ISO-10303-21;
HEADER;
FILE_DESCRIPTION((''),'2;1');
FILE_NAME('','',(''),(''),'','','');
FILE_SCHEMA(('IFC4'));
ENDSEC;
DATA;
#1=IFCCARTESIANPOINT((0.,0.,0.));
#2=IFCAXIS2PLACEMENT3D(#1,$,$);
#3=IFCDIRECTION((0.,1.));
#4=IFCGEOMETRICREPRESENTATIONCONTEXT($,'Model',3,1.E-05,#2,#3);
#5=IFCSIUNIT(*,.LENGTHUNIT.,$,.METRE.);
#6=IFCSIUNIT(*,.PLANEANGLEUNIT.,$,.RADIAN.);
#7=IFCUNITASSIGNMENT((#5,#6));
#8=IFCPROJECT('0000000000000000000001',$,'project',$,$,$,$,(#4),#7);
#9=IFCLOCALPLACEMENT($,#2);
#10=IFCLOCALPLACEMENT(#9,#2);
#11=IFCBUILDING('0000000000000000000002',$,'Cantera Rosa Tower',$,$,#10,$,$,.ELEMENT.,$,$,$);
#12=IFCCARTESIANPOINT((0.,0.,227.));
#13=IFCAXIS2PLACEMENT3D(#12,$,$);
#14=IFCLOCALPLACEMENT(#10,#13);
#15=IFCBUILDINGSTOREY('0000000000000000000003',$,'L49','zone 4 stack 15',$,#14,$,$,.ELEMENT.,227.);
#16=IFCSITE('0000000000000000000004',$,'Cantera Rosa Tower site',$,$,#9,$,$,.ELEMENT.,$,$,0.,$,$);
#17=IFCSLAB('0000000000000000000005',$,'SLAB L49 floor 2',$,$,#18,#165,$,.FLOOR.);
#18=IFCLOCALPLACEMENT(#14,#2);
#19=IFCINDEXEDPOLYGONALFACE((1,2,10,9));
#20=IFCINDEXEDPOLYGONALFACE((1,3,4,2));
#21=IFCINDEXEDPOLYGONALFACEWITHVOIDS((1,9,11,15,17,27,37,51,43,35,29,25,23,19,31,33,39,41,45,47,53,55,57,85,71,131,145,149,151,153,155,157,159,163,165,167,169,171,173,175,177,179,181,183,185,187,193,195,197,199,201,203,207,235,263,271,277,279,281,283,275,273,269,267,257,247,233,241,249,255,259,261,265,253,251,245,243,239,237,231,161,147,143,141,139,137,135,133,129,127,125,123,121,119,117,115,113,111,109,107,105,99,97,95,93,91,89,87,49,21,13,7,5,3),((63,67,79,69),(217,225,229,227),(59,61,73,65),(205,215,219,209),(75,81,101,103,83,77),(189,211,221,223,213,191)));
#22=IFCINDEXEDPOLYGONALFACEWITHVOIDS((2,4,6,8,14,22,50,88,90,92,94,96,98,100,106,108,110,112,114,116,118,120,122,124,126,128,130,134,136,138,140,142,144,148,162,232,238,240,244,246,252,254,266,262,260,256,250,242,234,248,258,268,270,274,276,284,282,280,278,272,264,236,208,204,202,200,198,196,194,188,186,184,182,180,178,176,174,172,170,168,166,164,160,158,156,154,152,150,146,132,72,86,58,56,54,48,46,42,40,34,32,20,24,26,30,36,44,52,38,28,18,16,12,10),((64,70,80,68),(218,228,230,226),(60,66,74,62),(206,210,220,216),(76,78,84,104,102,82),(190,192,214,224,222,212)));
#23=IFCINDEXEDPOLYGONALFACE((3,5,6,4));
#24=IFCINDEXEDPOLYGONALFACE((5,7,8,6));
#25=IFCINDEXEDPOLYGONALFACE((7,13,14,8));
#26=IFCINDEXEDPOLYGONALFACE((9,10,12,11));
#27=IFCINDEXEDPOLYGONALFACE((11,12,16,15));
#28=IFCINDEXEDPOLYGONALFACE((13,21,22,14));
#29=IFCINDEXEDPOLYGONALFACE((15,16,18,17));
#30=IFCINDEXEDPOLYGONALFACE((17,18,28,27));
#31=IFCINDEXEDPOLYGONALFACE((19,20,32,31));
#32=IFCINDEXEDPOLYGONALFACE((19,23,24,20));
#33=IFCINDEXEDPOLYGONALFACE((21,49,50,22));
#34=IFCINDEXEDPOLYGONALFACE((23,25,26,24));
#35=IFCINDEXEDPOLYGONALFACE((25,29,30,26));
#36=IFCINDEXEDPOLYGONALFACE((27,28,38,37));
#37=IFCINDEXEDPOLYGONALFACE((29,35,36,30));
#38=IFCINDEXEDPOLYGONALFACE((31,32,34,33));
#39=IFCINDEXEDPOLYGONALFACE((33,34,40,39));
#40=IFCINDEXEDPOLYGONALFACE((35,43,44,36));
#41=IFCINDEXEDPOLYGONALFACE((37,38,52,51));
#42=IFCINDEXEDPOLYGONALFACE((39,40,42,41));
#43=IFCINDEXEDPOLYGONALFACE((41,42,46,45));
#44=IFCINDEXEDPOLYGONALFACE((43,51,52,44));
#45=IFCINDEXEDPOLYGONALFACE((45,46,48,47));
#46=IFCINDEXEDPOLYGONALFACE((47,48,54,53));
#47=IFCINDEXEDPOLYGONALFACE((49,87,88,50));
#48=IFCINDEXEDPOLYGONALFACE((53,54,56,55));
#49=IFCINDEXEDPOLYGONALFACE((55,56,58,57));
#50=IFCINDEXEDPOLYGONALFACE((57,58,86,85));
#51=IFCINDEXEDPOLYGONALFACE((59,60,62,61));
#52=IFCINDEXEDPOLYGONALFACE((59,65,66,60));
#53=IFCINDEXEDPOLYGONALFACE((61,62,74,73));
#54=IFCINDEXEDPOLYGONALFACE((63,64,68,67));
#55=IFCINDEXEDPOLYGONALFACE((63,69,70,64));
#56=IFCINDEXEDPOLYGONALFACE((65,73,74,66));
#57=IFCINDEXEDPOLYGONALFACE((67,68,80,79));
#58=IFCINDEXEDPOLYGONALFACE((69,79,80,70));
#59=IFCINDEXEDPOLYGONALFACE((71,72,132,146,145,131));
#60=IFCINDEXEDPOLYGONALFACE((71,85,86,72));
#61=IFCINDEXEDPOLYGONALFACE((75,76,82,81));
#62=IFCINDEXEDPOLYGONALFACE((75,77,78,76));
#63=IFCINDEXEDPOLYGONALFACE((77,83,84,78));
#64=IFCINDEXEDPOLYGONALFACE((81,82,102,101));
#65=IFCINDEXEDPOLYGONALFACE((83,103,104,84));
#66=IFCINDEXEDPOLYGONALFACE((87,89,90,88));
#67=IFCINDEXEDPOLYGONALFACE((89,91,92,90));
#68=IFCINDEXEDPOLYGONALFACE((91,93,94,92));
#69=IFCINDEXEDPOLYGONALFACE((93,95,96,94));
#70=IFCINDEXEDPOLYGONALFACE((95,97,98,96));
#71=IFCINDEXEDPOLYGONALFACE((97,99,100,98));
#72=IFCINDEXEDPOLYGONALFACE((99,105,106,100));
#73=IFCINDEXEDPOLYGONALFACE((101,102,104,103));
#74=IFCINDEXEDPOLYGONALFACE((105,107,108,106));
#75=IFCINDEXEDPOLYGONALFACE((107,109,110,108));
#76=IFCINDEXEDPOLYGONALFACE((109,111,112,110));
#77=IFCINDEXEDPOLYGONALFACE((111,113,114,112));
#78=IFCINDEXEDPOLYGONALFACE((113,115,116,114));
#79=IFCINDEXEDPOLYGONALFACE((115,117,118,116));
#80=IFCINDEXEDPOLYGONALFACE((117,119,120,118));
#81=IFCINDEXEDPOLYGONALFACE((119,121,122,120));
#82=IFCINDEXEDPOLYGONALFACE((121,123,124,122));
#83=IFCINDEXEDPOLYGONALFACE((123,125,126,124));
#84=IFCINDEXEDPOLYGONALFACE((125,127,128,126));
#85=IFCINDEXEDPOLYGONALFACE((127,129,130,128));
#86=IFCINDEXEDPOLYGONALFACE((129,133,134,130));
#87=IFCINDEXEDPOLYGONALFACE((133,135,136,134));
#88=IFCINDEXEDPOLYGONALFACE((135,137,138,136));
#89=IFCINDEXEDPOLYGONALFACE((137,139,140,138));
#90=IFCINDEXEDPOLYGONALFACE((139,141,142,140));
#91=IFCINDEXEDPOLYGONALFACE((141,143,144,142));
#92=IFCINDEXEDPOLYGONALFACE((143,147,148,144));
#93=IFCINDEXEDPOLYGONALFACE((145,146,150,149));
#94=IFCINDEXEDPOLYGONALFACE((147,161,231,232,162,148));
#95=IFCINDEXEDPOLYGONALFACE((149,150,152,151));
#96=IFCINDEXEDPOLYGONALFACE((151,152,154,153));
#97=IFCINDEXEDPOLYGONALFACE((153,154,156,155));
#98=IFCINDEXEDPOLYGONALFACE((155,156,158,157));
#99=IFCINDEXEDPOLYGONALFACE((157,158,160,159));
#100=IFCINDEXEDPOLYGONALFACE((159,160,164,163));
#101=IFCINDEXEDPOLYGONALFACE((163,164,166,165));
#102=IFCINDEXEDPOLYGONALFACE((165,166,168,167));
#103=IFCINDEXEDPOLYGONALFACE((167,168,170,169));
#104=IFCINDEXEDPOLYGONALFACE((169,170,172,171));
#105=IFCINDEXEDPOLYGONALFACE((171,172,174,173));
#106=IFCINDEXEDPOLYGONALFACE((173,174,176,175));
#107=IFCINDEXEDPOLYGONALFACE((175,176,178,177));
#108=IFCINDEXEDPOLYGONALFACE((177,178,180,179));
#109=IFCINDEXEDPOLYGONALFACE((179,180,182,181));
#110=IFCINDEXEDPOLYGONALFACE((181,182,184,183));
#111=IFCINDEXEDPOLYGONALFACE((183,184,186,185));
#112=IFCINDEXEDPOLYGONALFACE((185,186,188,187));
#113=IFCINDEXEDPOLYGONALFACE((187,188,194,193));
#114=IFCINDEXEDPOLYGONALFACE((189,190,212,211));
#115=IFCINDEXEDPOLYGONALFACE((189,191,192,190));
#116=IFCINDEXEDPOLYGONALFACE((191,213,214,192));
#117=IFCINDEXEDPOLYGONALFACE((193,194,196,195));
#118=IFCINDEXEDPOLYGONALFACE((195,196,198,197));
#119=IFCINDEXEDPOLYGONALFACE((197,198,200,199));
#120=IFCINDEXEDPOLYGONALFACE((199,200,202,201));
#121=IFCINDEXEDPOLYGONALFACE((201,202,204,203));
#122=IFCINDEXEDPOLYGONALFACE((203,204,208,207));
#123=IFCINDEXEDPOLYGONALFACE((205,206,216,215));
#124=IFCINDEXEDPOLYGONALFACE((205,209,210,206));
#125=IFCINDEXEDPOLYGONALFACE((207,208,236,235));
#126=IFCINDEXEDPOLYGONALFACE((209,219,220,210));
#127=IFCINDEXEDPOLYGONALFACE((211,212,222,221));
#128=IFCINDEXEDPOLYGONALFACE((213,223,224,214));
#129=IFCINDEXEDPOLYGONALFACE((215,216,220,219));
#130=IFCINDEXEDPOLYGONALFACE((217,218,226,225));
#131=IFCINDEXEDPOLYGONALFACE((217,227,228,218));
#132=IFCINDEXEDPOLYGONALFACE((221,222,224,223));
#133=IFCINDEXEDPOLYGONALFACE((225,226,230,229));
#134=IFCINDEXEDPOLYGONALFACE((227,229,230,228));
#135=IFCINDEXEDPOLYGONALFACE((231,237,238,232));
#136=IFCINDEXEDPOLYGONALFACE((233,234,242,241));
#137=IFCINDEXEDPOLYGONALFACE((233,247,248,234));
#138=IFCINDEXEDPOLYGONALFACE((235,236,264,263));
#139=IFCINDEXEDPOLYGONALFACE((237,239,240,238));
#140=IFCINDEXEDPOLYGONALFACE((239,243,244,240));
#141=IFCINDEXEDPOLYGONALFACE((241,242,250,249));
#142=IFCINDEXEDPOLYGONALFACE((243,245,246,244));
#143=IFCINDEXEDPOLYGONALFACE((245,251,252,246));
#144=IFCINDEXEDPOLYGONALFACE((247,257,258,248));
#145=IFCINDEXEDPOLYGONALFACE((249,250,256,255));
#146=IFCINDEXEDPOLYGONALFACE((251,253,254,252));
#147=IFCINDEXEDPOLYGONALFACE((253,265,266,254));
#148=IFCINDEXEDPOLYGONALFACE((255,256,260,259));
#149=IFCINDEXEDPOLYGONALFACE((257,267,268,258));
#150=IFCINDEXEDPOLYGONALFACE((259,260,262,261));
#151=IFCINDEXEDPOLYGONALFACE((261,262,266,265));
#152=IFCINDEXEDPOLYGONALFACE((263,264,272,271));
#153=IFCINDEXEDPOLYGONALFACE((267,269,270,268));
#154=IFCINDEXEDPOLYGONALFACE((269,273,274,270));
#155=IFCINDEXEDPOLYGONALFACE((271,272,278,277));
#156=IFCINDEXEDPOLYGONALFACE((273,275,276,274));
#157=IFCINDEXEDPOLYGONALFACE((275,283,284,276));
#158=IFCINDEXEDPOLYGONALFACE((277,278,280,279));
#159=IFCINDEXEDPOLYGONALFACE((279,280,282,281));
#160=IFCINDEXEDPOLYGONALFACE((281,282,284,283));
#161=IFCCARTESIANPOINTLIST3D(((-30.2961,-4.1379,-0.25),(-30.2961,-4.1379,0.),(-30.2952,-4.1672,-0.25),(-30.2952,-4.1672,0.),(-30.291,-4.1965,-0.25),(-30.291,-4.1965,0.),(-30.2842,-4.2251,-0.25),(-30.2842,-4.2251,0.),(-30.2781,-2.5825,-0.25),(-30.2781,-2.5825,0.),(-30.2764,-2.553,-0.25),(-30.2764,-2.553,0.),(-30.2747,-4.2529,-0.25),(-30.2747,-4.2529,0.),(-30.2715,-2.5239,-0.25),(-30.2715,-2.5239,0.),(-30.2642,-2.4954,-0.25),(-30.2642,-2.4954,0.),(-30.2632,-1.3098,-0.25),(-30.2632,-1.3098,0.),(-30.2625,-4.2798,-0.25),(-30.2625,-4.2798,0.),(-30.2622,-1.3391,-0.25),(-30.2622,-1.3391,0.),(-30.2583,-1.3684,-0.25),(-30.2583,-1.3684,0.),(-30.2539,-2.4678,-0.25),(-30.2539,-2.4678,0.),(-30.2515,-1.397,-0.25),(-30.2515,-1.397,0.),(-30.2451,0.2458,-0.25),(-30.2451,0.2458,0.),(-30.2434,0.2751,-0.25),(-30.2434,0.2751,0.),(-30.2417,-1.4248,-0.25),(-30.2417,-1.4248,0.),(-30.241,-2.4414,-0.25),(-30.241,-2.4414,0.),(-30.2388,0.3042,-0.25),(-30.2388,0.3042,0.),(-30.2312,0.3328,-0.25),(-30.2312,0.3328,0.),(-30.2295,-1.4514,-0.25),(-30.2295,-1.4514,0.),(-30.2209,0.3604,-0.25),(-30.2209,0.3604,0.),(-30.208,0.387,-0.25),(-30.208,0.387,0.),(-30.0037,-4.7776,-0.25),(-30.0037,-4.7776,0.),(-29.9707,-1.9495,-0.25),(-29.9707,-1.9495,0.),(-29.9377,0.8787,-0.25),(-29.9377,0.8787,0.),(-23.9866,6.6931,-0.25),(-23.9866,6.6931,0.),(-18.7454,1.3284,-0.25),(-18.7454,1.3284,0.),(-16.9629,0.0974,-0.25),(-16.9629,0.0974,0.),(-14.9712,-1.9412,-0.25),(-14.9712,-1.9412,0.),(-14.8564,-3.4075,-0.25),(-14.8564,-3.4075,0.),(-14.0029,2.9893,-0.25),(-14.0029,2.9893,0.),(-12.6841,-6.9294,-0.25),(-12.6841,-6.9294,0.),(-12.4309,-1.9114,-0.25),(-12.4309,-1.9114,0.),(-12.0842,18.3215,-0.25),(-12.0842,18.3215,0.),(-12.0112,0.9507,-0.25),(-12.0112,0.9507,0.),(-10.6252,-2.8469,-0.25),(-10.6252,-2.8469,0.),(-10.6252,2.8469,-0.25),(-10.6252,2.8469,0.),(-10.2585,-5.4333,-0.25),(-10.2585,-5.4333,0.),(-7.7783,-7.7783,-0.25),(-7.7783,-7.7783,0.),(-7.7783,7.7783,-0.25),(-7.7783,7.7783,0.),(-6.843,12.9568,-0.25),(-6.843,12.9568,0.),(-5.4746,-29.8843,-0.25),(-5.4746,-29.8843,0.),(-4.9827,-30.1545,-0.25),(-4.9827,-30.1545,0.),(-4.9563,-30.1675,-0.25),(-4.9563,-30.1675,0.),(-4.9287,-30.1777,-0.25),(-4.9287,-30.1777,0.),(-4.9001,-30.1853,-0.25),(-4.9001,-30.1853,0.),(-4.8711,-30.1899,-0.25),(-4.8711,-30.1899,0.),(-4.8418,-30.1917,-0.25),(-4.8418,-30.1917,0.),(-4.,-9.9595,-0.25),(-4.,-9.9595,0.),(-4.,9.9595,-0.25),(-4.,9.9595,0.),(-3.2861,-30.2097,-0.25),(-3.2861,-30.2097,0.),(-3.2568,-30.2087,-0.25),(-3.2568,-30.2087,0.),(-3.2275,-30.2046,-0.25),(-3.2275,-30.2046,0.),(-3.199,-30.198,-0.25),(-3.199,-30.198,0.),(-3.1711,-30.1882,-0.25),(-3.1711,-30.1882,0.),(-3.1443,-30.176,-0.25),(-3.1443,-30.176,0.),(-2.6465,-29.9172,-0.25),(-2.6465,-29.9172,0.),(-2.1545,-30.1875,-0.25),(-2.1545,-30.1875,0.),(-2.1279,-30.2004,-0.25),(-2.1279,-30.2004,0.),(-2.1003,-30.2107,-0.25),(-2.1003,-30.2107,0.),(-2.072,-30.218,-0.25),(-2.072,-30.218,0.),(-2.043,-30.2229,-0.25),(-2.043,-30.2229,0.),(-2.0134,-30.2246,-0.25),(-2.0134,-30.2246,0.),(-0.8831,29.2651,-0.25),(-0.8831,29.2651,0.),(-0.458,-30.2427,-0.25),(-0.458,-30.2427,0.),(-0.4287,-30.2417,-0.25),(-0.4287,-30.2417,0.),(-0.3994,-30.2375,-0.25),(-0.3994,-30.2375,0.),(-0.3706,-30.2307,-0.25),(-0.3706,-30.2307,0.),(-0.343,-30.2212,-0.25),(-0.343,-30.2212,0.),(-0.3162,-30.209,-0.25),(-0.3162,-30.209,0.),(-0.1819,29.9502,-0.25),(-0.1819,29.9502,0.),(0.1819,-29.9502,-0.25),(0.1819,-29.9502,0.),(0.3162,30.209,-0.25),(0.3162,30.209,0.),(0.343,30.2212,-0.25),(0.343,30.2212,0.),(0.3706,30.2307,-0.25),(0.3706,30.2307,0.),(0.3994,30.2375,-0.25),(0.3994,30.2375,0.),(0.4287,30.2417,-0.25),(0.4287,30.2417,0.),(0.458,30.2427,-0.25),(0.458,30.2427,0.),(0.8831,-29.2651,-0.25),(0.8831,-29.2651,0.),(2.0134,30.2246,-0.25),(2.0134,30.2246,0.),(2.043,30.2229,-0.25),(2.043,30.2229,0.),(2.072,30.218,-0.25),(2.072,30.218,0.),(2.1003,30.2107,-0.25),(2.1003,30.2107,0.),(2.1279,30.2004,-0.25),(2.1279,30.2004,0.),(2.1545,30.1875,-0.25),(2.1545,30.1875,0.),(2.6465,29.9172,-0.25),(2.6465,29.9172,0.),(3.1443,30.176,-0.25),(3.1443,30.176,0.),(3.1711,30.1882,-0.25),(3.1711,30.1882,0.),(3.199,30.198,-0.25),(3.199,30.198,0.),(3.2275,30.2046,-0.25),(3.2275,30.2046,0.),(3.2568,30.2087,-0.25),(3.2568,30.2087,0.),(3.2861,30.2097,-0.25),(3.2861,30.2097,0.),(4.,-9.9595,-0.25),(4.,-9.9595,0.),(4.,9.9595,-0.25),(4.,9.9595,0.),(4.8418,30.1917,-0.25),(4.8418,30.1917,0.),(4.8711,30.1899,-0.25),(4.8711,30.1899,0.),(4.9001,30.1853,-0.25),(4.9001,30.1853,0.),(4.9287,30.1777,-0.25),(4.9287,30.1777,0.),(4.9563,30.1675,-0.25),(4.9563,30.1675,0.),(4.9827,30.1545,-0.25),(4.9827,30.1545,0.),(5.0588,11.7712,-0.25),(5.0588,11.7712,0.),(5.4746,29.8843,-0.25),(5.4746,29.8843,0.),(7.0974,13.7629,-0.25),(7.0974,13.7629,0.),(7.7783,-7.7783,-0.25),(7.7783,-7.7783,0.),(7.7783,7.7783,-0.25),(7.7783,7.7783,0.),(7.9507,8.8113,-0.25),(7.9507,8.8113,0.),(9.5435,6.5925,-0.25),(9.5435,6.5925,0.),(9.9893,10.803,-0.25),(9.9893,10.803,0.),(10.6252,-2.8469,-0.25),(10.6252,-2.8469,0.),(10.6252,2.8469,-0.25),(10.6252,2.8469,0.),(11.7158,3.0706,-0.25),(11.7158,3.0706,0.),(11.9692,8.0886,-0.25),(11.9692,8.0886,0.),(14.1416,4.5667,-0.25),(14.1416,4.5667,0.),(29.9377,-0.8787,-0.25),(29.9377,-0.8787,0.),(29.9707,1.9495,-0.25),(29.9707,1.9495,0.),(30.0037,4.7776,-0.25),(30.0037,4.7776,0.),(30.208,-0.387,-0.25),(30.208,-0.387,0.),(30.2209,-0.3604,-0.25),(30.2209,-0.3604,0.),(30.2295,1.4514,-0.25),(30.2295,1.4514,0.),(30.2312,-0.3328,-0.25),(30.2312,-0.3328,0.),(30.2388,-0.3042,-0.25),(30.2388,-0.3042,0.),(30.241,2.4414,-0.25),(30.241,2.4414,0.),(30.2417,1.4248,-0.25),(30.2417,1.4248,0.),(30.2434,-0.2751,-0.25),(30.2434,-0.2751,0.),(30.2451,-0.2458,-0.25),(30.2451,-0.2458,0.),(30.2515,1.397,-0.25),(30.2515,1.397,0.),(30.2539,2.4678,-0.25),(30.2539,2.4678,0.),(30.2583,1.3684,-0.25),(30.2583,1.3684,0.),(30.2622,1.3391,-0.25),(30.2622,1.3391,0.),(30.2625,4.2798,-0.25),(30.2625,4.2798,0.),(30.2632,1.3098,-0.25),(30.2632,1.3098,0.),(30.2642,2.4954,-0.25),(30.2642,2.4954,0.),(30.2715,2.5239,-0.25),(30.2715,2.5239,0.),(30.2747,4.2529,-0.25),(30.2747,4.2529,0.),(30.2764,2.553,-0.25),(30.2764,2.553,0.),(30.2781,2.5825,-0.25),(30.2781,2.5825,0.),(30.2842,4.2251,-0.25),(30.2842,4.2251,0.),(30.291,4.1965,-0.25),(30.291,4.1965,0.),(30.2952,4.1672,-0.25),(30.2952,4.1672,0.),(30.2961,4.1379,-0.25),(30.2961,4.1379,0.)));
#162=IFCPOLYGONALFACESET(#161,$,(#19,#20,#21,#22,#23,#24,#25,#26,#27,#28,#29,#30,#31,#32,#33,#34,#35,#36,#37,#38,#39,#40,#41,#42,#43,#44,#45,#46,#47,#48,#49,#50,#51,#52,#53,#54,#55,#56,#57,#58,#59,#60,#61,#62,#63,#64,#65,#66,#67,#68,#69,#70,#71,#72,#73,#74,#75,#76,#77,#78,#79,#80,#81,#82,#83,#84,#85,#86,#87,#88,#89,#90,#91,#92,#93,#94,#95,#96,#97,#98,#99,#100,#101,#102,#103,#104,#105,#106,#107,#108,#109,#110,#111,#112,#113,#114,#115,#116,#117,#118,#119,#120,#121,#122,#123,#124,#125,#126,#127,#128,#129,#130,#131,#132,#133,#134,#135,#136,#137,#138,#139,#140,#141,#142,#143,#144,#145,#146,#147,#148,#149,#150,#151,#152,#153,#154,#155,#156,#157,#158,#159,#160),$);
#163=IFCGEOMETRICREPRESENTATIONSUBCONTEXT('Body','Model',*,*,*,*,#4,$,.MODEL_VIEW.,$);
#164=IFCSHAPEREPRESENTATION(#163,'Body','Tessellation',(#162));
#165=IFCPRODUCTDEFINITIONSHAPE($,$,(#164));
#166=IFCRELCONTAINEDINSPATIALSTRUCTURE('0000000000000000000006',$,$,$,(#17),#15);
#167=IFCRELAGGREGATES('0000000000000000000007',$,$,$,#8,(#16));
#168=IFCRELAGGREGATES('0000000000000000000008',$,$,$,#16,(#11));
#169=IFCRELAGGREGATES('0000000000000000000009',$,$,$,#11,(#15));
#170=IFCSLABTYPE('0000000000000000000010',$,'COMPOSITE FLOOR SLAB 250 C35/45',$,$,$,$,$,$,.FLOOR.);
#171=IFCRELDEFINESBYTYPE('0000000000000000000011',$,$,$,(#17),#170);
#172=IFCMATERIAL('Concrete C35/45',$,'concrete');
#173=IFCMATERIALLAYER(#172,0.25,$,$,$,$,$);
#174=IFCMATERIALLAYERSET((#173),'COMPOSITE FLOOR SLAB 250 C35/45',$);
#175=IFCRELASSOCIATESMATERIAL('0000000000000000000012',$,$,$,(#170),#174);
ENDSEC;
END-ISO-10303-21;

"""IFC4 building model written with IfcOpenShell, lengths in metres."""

from ifc_helpers import new_model, si_unit, direction, frame, origin, place, context, subcontext, project, spatial, polyline, outline, extrude, material, layer, layer_set, type_object, element, save


model = new_model("IFC4")

# Units and contexts
model_context = context("Model", 3, precision=1e-05, world=origin(), true_north=direction((0.0, 1.0)))
body_context = subcontext(model_context, "Body", "Model", "MODEL_VIEW")
ifc_project = project(units=[si_unit("LENGTHUNIT", "METRE"), si_unit("PLANEANGLEUNIT", "RADIAN")], contexts=[model_context])

# Site, building, storey
site_placement = place(None, origin())
site = spatial("IfcSite", under=ifc_project, at=site_placement, Name="Cantera Rosa Tower site", CompositionType="ELEMENT", RefElevation=0.0)
building_placement = place(site_placement, origin())
building = spatial("IfcBuilding", under=site, at=building_placement, Name="Cantera Rosa Tower", CompositionType="ELEMENT")
storey_placement = place(building_placement, frame((0.0, 0.0, 227.0)))
storey = spatial("IfcBuildingStorey", under=building, at=storey_placement, Name="L49", Description="zone 4 stack 15", CompositionType="ELEMENT", Elevation=227.0)

# Slab
ifc_material_1 = material(Name="Concrete C35/45", Category="concrete")
ifc_layer_1 = layer(ifc_material_1, 0.25)
ifc_layer_set_1 = layer_set([ifc_layer_1], Name="COMPOSITE FLOOR SLAB 250 C35/45")
slab_type_1 = type_object("IfcSlabType", Name="COMPOSITE FLOOR SLAB 250 C35/45", PredefinedType="FLOOR", material=ifc_layer_set_1)
slab_1_placement = place(storey_placement, frame((0.0, 0.0, -0.25)))
element("IfcSlab", 1, at=slab_1_placement, inside=storey, type_object=slab_type_1, Name="SLAB L49 floor 2", PredefinedType="FLOOR", context=body_context, shape_type="SweptSolid", body=[
    extrude(outline(polyline([(-2.1545, -30.1875), (-2.6465, -29.9172), (-3.1443, -30.176), (-3.1711, -30.1882), (-3.199, -30.198), (-3.2275, -30.2046), (-3.2568, -30.2087), (-3.2861, -30.2097), (-4.8418, -30.1917), (-4.8711, -30.1899), (-4.9001, -30.1853), (-4.9287, -30.1777), (-4.9563, -30.1675), (-4.9827, -30.1545), (-5.4746, -29.8843), (-30.0037, -4.7776), (-30.2625, -4.2798), (-30.2747, -4.2529), (-30.2842, -4.2251), (-30.291, -4.1965), (-30.2952, -4.1672), (-30.2961, -4.1379), (-30.2781, -2.5825), (-30.2764, -2.553), (-30.2715, -2.5239), (-30.2642, -2.4954), (-30.2539, -2.4678), (-30.241, -2.4414), (-29.9707, -1.9495), (-30.2295, -1.4514), (-30.2417, -1.4248), (-30.2515, -1.397), (-30.2583, -1.3684), (-30.2622, -1.3391), (-30.2632, -1.3098), (-30.2451, 0.2458), (-30.2434, 0.2751), (-30.2388, 0.3042), (-30.2312, 0.3328), (-30.2209, 0.3604), (-30.208, 0.387), (-29.9377, 0.8787), (-23.9866, 6.6931), (-18.7454, 1.3284), (-6.843, 12.9568), (-12.0842, 18.3215), (-0.8831, 29.2651), (-0.1819, 29.9502), (0.3162, 30.209), (0.343, 30.2212), (0.3706, 30.2307), (0.3994, 30.2375), (0.4287, 30.2417), (0.458, 30.2427), (2.0134, 30.2246), (2.043, 30.2229), (2.072, 30.218), (2.1003, 30.2107), (2.1279, 30.2004), (2.1545, 30.1875), (2.6465, 29.9172), (3.1443, 30.176), (3.1711, 30.1882), (3.199, 30.198), (3.2275, 30.2046), (3.2568, 30.2087), (3.2861, 30.2097), (4.8418, 30.1917), (4.8711, 30.1899), (4.9001, 30.1853), (4.9287, 30.1777), (4.9563, 30.1675), (4.9827, 30.1545), (5.4746, 29.8843), (30.0037, 4.7776), (30.2625, 4.2798), (30.2747, 4.2529), (30.2842, 4.2251), (30.291, 4.1965), (30.2952, 4.1672), (30.2961, 4.1379), (30.2781, 2.5825), (30.2764, 2.553), (30.2715, 2.5239), (30.2642, 2.4954), (30.2539, 2.4678), (30.241, 2.4414), (29.9707, 1.9495), (30.2295, 1.4514), (30.2417, 1.4248), (30.2515, 1.397), (30.2583, 1.3684), (30.2622, 1.3391), (30.2632, 1.3098), (30.2451, -0.2458), (30.2434, -0.2751), (30.2388, -0.3042), (30.2312, -0.3328), (30.2209, -0.3604), (30.208, -0.387), (29.9377, -0.8787), (0.8831, -29.2651), (0.1819, -29.9502), (-0.3162, -30.209), (-0.343, -30.2212), (-0.3706, -30.2307), (-0.3994, -30.2375), (-0.4287, -30.2417), (-0.458, -30.2427), (-2.0134, -30.2246), (-2.043, -30.2229), (-2.072, -30.218), (-2.1003, -30.2107), (-2.1279, -30.2004), (-2.1545, -30.1875)]), holes=[polyline([(-14.8564, -3.4075), (-12.6841, -6.9294), (-10.2585, -5.4333), (-12.4309, -1.9114), (-14.8564, -3.4075)]), polyline([(-10.6252, -2.8469), (-7.7783, -7.7783), (-4.0, -9.9595), (-4.0, 9.9595), (-7.7783, 7.7783), (-10.6252, 2.8469), (-10.6252, -2.8469)]), polyline([(-16.9629, 0.0974), (-14.9712, -1.9412), (-12.0112, 0.9507), (-14.0029, 2.9893), (-16.9629, 0.0974)]), polyline([(10.6252, 2.8469), (7.7783, 7.7783), (4.0, 9.9595), (4.0, -9.9595), (7.7783, -7.7783), (10.6252, -2.8469), (10.6252, 2.8469)]), polyline([(11.9692, 8.0886), (9.5435, 6.5925), (11.7158, 3.0706), (14.1416, 4.5667), (11.9692, 8.0886)]), polyline([(7.0974, 13.7629), (5.0588, 11.7712), (7.9507, 8.8113), (9.9893, 10.803), (7.0974, 13.7629)])]), origin(), (0.0, 0.0, 1.0), 0.25),
])

save(model, "model.ifc")
